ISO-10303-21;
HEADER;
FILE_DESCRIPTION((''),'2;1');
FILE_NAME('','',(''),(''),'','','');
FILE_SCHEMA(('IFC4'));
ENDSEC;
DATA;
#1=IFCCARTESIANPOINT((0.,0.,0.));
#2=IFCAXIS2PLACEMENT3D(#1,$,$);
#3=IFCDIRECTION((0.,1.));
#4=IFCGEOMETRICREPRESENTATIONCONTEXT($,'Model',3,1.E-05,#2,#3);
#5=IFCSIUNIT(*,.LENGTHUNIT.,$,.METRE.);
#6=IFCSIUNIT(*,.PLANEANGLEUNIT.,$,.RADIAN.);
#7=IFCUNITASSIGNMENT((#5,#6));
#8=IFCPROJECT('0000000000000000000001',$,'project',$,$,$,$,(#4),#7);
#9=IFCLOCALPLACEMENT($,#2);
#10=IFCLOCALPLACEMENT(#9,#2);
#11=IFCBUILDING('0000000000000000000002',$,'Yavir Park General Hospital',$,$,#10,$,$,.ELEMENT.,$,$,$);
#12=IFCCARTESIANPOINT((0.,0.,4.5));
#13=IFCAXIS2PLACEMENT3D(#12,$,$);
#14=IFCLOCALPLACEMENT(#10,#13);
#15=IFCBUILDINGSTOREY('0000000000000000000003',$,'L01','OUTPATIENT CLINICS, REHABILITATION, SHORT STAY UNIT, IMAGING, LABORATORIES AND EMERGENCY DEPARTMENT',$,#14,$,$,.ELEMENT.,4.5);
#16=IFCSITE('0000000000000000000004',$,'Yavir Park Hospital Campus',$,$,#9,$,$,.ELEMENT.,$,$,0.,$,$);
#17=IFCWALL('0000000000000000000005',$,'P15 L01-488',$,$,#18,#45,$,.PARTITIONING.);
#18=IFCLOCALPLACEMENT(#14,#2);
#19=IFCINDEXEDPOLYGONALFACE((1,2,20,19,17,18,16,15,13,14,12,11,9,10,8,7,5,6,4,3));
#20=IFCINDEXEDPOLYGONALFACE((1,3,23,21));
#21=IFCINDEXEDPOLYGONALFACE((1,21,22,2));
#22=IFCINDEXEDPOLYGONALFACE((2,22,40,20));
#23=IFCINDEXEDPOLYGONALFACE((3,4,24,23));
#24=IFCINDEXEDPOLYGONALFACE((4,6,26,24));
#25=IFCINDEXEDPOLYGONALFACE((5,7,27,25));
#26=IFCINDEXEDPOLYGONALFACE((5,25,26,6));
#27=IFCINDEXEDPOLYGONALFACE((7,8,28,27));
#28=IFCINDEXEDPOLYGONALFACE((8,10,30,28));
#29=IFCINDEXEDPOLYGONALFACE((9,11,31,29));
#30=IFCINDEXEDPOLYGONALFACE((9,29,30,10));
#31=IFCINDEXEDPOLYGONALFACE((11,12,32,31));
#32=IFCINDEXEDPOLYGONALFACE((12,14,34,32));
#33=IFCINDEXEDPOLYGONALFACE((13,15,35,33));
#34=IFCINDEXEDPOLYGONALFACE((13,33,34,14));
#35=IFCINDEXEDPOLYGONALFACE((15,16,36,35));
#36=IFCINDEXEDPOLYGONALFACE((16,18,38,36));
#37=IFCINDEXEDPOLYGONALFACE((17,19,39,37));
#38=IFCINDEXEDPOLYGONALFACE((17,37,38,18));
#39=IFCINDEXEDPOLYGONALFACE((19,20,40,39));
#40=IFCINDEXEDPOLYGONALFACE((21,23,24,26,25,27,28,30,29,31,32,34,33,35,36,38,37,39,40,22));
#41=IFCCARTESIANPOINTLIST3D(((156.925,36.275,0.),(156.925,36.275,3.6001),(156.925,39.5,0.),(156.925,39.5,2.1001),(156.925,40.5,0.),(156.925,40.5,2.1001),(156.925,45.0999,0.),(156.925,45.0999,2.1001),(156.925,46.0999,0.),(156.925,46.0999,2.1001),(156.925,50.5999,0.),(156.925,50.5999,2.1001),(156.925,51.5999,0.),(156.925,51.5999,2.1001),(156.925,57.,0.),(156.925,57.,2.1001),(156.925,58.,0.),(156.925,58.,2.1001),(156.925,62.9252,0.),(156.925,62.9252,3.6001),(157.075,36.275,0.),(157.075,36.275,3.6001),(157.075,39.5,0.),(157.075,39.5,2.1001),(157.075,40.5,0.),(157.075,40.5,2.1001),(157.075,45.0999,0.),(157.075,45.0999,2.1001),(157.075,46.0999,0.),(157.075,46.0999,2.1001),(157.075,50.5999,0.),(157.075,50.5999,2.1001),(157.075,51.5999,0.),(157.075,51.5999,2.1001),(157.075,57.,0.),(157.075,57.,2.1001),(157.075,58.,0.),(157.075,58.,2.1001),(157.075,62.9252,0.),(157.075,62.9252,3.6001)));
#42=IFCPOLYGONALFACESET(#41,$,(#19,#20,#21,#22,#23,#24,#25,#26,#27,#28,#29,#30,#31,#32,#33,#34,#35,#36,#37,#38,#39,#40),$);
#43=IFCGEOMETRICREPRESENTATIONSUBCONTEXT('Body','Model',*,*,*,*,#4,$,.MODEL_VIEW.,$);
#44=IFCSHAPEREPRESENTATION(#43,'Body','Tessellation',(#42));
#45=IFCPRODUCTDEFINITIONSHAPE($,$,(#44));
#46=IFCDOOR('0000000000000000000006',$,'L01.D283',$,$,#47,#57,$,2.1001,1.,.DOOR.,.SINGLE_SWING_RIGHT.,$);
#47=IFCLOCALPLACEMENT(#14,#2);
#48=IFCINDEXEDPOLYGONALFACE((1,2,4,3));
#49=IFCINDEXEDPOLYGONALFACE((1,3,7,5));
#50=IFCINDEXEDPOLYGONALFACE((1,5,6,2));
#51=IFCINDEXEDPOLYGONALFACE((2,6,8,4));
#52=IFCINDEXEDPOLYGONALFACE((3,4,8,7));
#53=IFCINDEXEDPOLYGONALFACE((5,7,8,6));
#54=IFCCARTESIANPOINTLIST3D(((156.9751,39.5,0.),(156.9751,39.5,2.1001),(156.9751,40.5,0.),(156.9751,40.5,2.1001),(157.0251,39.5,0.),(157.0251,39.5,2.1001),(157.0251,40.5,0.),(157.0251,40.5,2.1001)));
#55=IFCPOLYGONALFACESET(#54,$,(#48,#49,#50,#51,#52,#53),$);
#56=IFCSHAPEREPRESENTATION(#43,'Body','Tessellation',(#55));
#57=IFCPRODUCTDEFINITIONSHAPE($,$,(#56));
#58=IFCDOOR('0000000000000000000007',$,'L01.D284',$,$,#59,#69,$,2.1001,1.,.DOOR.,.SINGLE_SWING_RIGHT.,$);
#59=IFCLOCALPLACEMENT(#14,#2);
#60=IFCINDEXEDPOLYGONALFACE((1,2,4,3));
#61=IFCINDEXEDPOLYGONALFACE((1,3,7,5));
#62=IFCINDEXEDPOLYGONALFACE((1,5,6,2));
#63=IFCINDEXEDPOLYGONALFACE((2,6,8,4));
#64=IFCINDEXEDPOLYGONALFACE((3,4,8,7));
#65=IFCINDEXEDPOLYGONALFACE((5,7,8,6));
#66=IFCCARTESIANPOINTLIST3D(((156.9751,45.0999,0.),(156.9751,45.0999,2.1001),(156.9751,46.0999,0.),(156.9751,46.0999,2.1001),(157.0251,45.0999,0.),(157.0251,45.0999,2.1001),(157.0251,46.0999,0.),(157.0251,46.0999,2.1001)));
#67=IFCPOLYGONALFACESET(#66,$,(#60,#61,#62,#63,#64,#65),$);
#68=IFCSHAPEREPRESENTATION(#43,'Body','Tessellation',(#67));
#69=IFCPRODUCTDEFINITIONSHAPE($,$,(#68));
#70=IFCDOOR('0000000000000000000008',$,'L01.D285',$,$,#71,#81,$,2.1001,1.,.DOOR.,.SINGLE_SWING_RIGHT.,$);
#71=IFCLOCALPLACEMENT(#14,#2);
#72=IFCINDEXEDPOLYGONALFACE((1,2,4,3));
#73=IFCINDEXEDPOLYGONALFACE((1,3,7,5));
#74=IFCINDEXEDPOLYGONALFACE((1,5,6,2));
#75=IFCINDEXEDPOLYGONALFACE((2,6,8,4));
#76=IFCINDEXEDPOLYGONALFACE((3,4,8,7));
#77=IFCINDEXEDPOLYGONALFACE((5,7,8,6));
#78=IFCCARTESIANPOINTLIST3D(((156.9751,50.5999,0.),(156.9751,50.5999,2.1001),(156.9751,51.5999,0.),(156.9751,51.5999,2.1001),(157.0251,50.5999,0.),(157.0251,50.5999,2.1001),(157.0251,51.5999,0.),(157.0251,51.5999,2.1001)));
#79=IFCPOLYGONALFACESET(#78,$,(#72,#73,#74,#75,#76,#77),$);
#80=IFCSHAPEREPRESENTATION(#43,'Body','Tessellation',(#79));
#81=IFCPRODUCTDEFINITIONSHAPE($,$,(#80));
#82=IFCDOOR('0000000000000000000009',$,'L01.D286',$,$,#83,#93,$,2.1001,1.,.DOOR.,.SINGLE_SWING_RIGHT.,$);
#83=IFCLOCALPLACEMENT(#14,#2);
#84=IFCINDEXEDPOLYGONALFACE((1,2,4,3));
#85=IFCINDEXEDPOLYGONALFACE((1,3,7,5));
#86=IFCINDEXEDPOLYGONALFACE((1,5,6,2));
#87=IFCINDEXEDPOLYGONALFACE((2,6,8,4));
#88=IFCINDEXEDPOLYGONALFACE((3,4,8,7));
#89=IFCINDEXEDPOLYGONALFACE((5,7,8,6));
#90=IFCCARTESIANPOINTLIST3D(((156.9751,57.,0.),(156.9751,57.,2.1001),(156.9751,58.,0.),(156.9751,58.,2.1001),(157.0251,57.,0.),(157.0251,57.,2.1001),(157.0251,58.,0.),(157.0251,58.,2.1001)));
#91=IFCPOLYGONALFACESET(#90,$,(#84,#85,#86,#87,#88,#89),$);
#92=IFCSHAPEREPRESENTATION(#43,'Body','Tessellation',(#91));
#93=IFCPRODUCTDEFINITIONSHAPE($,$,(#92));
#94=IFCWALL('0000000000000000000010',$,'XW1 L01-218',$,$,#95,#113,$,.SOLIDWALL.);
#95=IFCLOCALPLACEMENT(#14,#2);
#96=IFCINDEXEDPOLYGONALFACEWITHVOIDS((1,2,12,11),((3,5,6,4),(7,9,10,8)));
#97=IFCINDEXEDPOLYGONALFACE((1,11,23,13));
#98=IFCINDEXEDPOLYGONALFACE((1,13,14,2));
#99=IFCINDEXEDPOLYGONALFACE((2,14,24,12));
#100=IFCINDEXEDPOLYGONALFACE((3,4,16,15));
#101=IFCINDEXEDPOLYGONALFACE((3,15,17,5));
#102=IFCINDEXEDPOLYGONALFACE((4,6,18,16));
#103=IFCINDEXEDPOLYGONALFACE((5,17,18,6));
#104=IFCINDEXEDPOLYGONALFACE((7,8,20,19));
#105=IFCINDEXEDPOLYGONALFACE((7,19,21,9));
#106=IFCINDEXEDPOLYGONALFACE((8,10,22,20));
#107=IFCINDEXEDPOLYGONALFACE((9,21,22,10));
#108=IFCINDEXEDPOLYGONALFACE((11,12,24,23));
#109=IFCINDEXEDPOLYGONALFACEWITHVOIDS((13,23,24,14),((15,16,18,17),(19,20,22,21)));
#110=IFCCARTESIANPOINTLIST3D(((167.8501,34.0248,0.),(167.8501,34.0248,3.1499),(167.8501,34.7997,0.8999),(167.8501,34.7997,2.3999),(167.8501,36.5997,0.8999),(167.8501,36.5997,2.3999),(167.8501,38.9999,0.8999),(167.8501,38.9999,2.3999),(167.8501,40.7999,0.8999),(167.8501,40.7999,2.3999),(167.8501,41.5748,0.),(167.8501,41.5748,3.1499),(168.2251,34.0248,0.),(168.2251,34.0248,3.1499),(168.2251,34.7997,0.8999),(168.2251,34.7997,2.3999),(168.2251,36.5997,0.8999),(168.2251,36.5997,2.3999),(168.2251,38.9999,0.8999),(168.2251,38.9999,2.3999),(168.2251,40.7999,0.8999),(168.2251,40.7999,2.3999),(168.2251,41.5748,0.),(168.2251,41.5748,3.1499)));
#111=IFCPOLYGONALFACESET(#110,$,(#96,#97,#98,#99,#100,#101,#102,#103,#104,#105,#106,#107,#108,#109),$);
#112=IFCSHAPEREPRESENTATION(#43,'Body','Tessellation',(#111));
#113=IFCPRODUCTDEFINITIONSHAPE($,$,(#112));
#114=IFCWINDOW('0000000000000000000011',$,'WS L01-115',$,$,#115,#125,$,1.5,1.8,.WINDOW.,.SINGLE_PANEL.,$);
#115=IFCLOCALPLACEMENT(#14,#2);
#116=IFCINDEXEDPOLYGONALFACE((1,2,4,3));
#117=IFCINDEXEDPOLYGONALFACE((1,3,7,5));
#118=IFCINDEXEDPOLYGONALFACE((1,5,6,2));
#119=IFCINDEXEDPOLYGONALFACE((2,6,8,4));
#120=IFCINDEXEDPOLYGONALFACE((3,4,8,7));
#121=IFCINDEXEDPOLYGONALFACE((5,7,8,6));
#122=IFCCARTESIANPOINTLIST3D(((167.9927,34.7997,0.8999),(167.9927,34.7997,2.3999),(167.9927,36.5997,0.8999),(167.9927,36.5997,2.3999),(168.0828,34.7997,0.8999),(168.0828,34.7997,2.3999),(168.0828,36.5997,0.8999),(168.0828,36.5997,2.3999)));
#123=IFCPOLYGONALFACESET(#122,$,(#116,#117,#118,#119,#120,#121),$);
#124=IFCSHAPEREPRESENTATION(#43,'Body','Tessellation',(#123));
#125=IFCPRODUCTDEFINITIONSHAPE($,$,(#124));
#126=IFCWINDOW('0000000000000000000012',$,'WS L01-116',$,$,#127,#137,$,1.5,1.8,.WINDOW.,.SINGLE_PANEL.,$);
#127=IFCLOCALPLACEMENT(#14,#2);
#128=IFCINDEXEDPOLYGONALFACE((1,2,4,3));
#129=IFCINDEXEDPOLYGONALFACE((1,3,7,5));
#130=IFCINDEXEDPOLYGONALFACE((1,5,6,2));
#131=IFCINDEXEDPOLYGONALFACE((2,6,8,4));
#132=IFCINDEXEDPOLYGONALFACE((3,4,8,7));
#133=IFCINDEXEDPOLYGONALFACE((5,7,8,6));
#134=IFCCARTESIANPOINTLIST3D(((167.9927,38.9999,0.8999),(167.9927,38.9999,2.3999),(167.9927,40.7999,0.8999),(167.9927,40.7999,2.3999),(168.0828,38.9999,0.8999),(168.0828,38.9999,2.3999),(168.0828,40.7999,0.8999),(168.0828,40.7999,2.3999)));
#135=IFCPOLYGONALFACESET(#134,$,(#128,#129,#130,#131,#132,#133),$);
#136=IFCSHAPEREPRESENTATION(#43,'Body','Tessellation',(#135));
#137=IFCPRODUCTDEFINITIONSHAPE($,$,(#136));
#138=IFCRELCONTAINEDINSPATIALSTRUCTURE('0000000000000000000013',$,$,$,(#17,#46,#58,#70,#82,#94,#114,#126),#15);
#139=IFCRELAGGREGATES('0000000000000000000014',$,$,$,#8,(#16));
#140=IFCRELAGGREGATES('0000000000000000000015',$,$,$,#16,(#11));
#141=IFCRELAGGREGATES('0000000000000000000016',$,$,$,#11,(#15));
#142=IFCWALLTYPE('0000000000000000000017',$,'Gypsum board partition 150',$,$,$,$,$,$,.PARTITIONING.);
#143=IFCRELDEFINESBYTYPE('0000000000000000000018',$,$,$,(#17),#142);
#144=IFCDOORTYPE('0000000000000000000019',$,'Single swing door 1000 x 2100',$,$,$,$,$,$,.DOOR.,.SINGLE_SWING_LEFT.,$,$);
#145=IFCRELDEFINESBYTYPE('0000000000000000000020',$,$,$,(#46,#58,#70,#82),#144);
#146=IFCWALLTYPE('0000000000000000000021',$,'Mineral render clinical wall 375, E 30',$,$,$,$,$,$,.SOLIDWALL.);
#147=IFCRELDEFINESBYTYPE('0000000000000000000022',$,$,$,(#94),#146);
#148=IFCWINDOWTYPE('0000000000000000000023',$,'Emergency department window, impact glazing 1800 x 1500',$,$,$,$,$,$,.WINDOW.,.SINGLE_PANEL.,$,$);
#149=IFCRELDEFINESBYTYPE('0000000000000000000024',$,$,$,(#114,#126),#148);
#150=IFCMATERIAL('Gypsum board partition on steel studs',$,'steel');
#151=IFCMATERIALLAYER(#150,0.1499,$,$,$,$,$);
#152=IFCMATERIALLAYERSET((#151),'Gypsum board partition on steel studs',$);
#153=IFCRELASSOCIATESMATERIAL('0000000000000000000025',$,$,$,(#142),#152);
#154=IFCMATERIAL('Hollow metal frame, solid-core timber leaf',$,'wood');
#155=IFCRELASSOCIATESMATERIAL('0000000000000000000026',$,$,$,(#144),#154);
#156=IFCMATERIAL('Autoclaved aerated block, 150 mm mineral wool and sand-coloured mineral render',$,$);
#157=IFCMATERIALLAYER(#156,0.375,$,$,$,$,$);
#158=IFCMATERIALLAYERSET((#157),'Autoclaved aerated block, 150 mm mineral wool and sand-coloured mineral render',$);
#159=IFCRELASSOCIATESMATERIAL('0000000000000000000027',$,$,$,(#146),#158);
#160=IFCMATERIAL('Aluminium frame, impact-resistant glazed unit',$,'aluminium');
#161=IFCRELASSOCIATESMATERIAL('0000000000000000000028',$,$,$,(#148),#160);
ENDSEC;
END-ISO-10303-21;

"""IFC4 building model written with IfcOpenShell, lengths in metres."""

from ifc_helpers import new_model, si_unit, direction, frame, frame_2d, origin, place, context, subcontext, project, spatial, rectangle, extrude, material, layer, layer_set, type_object, element, fill, save


model = new_model("IFC4")

# Units and contexts
model_context = context("Model", 3, precision=1e-05, world=origin(), true_north=direction((0.0, 1.0)))
body_context = subcontext(model_context, "Body", "Model", "MODEL_VIEW")
ifc_project = project(units=[si_unit("LENGTHUNIT", "METRE"), si_unit("PLANEANGLEUNIT", "RADIAN")], contexts=[model_context])

# Site, building, storey
site_placement = place(None, origin())
site = spatial("IfcSite", under=ifc_project, at=site_placement, Name="Yavir Park Hospital Campus", CompositionType="ELEMENT", RefElevation=0.0)
building_placement = place(site_placement, origin())
building = spatial("IfcBuilding", under=site, at=building_placement, Name="Yavir Park General Hospital", CompositionType="ELEMENT")
storey_placement = place(building_placement, frame((0.0, 0.0, 4.5)))
storey = spatial("IfcBuildingStorey", under=building, at=storey_placement, Name="L01", Description="OUTPATIENT CLINICS, REHABILITATION, SHORT STAY UNIT, IMAGING, LABORATORIES AND EMERGENCY DEPARTMENT", CompositionType="ELEMENT", Elevation=4.5)

# Shared definitions
ifc_material_1 = material(Name="Gypsum board partition on steel studs", Category="steel")
ifc_layer_1 = layer(ifc_material_1, 0.1499)
ifc_layer_set_1 = layer_set([ifc_layer_1], Name="Gypsum board partition on steel studs")
wall_type_1 = type_object("IfcWallType", Name="Gypsum board partition 150", PredefinedType="PARTITIONING", material=ifc_layer_set_1)

# Wall, openings, doors
ifc_material_2 = material(Name="Hollow metal frame, solid-core timber leaf", Category="wood")
door_type = type_object("IfcDoorType", Name="Single swing door 1000 x 2100", OperationType="SINGLE_SWING_LEFT", PredefinedType="DOOR", material=ifc_material_2)
wall_1_placement = place(storey_placement, frame((157.0, 36.2749, 0.0), z_axis=(0.0, 0.0, 1.0), x_axis=(0.0, 1.0, 0.0)))
wall_1 = element("IfcWall", 1, at=wall_1_placement, inside=storey, type_object=wall_type_1, Name="P15 L01-488", PredefinedType="PARTITIONING", context=body_context, shape_type="SweptSolid", body=[
    extrude(rectangle(XDim=26.6501, YDim=0.1499, at=frame_2d((13.3252, 0.0))), origin(), (0.0, 0.0, 1.0), 3.6001),
])
opening_1_placement = place(wall_1_placement, frame((3.2251, 0.0, 0.0)))
opening_1 = element("IfcOpeningElement", 2, at=opening_1_placement, cuts=wall_1, PredefinedType="OPENING", context=body_context, shape_type="SweptSolid", body=[
    extrude(rectangle(XDim=1.0, YDim=2.1001, at=frame_2d((0.5, 1.05))), frame((0.0, 0.085, 0.0), z_axis=(0.0, -1.0, 0.0), x_axis=(1.0, 0.0, 0.0)), (0.0, 0.0, 1.0), 0.1699),
])
opening_2_placement = place(wall_1_placement, frame((8.825, 0.0, 0.0)))
opening_2 = element("IfcOpeningElement", 3, at=opening_2_placement, cuts=wall_1, PredefinedType="OPENING", context=body_context, shape_type="SweptSolid", body=[
    extrude(rectangle(XDim=1.0, YDim=2.1001, at=frame_2d((0.5, 1.05))), frame((0.0, 0.085, 0.0), z_axis=(0.0, -1.0, 0.0), x_axis=(1.0, 0.0, 0.0)), (0.0, 0.0, 1.0), 0.1699),
])
opening_3_placement = place(wall_1_placement, frame((14.325, 0.0, 0.0)))
opening_3 = element("IfcOpeningElement", 4, at=opening_3_placement, cuts=wall_1, PredefinedType="OPENING", context=body_context, shape_type="SweptSolid", body=[
    extrude(rectangle(XDim=1.0, YDim=2.1001, at=frame_2d((0.5, 1.05))), frame((0.0, 0.085, 0.0), z_axis=(0.0, -1.0, 0.0), x_axis=(1.0, 0.0, 0.0)), (0.0, 0.0, 1.0), 0.1699),
])
opening_4_placement = place(wall_1_placement, frame((20.7251, 0.0, 0.0)))
opening_4 = element("IfcOpeningElement", 5, at=opening_4_placement, cuts=wall_1, PredefinedType="OPENING", context=body_context, shape_type="SweptSolid", body=[
    extrude(rectangle(XDim=1.0, YDim=2.1001, at=frame_2d((0.5, 1.05))), frame((0.0, 0.085, 0.0), z_axis=(0.0, -1.0, 0.0), x_axis=(1.0, 0.0, 0.0)), (0.0, 0.0, 1.0), 0.1699),
])
door_1_placement = place(opening_1_placement, origin())
door_1 = element("IfcDoor", 6, at=door_1_placement, inside=storey, type_object=door_type, Name="L01.D283", OperationType="SINGLE_SWING_RIGHT", OverallHeight=2.1001, OverallWidth=1.0, PredefinedType="DOOR", context=body_context, shape_type="SweptSolid", body=[
    extrude(rectangle(XDim=1.0, YDim=2.1001, at=frame_2d((0.5, 1.05))), frame((0.0, 0.0249, 0.0), z_axis=(0.0, -1.0, 0.0), x_axis=(1.0, 0.0, 0.0)), (0.0, 0.0, 1.0), 0.05),
])
fill(opening_1, door_1)
door_2_placement = place(opening_2_placement, origin())
door_2 = element("IfcDoor", 7, at=door_2_placement, inside=storey, type_object=door_type, Name="L01.D284", OperationType="SINGLE_SWING_RIGHT", OverallHeight=2.1001, OverallWidth=1.0, PredefinedType="DOOR", context=body_context, shape_type="SweptSolid", body=[
    extrude(rectangle(XDim=1.0, YDim=2.1001, at=frame_2d((0.5, 1.05))), frame((0.0, 0.0249, 0.0), z_axis=(0.0, -1.0, 0.0), x_axis=(1.0, 0.0, 0.0)), (0.0, 0.0, 1.0), 0.05),
])
fill(opening_2, door_2)
door_3_placement = place(opening_3_placement, origin())
door_3 = element("IfcDoor", 8, at=door_3_placement, inside=storey, type_object=door_type, Name="L01.D285", OperationType="SINGLE_SWING_RIGHT", OverallHeight=2.1001, OverallWidth=1.0, PredefinedType="DOOR", context=body_context, shape_type="SweptSolid", body=[
    extrude(rectangle(XDim=1.0, YDim=2.1001, at=frame_2d((0.5, 1.05))), frame((0.0, 0.0249, 0.0), z_axis=(0.0, -1.0, 0.0), x_axis=(1.0, 0.0, 0.0)), (0.0, 0.0, 1.0), 0.05),
])
fill(opening_3, door_3)
door_4_placement = place(opening_4_placement, origin())
door_4 = element("IfcDoor", 9, at=door_4_placement, inside=storey, type_object=door_type, Name="L01.D286", OperationType="SINGLE_SWING_RIGHT", OverallHeight=2.1001, OverallWidth=1.0, PredefinedType="DOOR", context=body_context, shape_type="SweptSolid", body=[
    extrude(rectangle(XDim=1.0, YDim=2.1001, at=frame_2d((0.5, 1.05))), frame((0.0, 0.0249, 0.0), z_axis=(0.0, -1.0, 0.0), x_axis=(1.0, 0.0, 0.0)), (0.0, 0.0, 1.0), 0.05),
])
fill(opening_4, door_4)

# Wall, openings, windows
ifc_material_3 = material(Name="Autoclaved aerated block, 150 mm mineral wool and sand-coloured mineral render")
ifc_layer_2 = layer(ifc_material_3, 0.375)
ifc_layer_set_2 = layer_set([ifc_layer_2], Name="Autoclaved aerated block, 150 mm mineral wool and sand-coloured mineral render")
wall_type_2 = type_object("IfcWallType", Name="Mineral render clinical wall 375, E 30", PredefinedType="SOLIDWALL", material=ifc_layer_set_2)
wall_2_placement = place(storey_placement, frame((168.0376, 34.0249, 0.0), z_axis=(0.0, 0.0, 1.0), x_axis=(0.0, 1.0, 0.0)))
wall_2 = element("IfcWall", 10, at=wall_2_placement, inside=storey, type_object=wall_type_2, Name="XW1 L01-218", PredefinedType="SOLIDWALL", context=body_context, shape_type="SweptSolid", body=[
    extrude(rectangle(XDim=7.55, YDim=0.375, at=frame_2d((3.7749, 0.0))), origin(), (0.0, 0.0, 1.0), 3.1499),
])
opening_5_placement = place(wall_2_placement, frame((0.7749, 0.0, 0.8999)))
opening_5 = element("IfcOpeningElement", 11, at=opening_5_placement, cuts=wall_2, PredefinedType="OPENING", context=body_context, shape_type="SweptSolid", body=[
    extrude(rectangle(XDim=1.8, YDim=1.5, at=frame_2d((0.8999, 0.75))), frame((0.0, 0.1975, 0.0), z_axis=(0.0, -1.0, 0.0), x_axis=(1.0, 0.0, 0.0)), (0.0, 0.0, 1.0), 0.395),
])
opening_6_placement = place(wall_2_placement, frame((4.9751, 0.0, 0.8999)))
opening_6 = element("IfcOpeningElement", 12, at=opening_6_placement, cuts=wall_2, PredefinedType="OPENING", context=body_context, shape_type="SweptSolid", body=[
    extrude(rectangle(XDim=1.8, YDim=1.5, at=frame_2d((0.8999, 0.75))), frame((0.0, 0.1975, 0.0), z_axis=(0.0, -1.0, 0.0), x_axis=(1.0, 0.0, 0.0)), (0.0, 0.0, 1.0), 0.395),
])
ifc_material_4 = material(Name="Aluminium frame, impact-resistant glazed unit", Category="aluminium")
window_type = type_object("IfcWindowType", Name="Emergency department window, impact glazing 1800 x 1500", PartitioningType="SINGLE_PANEL", PredefinedType="WINDOW", material=ifc_material_4)
window_1_placement = place(opening_5_placement, origin())
window_1 = element("IfcWindow", 13, at=window_1_placement, inside=storey, type_object=window_type, Name="WS L01-115", OverallHeight=1.5, OverallWidth=1.8, PartitioningType="SINGLE_PANEL", PredefinedType="WINDOW", context=body_context, shape_type="SweptSolid", body=[
    extrude(rectangle(XDim=1.8, YDim=1.5, at=frame_2d((0.8999, 0.75))), frame((0.0, 0.0449, 0.0), z_axis=(0.0, -1.0, 0.0), x_axis=(1.0, 0.0, 0.0)), (0.0, 0.0, 1.0), 0.0901),
])
fill(opening_5, window_1)
window_2_placement = place(opening_6_placement, origin())
window_2 = element("IfcWindow", 14, at=window_2_placement, inside=storey, type_object=window_type, Name="WS L01-116", OverallHeight=1.5, OverallWidth=1.8, PartitioningType="SINGLE_PANEL", PredefinedType="WINDOW", context=body_context, shape_type="SweptSolid", body=[
    extrude(rectangle(XDim=1.8, YDim=1.5, at=frame_2d((0.8999, 0.75))), frame((0.0, 0.0449, 0.0), z_axis=(0.0, -1.0, 0.0), x_axis=(1.0, 0.0, 0.0)), (0.0, 0.0, 1.0), 0.0901),
])
fill(opening_6, window_2)

save(model, "model.ifc")
